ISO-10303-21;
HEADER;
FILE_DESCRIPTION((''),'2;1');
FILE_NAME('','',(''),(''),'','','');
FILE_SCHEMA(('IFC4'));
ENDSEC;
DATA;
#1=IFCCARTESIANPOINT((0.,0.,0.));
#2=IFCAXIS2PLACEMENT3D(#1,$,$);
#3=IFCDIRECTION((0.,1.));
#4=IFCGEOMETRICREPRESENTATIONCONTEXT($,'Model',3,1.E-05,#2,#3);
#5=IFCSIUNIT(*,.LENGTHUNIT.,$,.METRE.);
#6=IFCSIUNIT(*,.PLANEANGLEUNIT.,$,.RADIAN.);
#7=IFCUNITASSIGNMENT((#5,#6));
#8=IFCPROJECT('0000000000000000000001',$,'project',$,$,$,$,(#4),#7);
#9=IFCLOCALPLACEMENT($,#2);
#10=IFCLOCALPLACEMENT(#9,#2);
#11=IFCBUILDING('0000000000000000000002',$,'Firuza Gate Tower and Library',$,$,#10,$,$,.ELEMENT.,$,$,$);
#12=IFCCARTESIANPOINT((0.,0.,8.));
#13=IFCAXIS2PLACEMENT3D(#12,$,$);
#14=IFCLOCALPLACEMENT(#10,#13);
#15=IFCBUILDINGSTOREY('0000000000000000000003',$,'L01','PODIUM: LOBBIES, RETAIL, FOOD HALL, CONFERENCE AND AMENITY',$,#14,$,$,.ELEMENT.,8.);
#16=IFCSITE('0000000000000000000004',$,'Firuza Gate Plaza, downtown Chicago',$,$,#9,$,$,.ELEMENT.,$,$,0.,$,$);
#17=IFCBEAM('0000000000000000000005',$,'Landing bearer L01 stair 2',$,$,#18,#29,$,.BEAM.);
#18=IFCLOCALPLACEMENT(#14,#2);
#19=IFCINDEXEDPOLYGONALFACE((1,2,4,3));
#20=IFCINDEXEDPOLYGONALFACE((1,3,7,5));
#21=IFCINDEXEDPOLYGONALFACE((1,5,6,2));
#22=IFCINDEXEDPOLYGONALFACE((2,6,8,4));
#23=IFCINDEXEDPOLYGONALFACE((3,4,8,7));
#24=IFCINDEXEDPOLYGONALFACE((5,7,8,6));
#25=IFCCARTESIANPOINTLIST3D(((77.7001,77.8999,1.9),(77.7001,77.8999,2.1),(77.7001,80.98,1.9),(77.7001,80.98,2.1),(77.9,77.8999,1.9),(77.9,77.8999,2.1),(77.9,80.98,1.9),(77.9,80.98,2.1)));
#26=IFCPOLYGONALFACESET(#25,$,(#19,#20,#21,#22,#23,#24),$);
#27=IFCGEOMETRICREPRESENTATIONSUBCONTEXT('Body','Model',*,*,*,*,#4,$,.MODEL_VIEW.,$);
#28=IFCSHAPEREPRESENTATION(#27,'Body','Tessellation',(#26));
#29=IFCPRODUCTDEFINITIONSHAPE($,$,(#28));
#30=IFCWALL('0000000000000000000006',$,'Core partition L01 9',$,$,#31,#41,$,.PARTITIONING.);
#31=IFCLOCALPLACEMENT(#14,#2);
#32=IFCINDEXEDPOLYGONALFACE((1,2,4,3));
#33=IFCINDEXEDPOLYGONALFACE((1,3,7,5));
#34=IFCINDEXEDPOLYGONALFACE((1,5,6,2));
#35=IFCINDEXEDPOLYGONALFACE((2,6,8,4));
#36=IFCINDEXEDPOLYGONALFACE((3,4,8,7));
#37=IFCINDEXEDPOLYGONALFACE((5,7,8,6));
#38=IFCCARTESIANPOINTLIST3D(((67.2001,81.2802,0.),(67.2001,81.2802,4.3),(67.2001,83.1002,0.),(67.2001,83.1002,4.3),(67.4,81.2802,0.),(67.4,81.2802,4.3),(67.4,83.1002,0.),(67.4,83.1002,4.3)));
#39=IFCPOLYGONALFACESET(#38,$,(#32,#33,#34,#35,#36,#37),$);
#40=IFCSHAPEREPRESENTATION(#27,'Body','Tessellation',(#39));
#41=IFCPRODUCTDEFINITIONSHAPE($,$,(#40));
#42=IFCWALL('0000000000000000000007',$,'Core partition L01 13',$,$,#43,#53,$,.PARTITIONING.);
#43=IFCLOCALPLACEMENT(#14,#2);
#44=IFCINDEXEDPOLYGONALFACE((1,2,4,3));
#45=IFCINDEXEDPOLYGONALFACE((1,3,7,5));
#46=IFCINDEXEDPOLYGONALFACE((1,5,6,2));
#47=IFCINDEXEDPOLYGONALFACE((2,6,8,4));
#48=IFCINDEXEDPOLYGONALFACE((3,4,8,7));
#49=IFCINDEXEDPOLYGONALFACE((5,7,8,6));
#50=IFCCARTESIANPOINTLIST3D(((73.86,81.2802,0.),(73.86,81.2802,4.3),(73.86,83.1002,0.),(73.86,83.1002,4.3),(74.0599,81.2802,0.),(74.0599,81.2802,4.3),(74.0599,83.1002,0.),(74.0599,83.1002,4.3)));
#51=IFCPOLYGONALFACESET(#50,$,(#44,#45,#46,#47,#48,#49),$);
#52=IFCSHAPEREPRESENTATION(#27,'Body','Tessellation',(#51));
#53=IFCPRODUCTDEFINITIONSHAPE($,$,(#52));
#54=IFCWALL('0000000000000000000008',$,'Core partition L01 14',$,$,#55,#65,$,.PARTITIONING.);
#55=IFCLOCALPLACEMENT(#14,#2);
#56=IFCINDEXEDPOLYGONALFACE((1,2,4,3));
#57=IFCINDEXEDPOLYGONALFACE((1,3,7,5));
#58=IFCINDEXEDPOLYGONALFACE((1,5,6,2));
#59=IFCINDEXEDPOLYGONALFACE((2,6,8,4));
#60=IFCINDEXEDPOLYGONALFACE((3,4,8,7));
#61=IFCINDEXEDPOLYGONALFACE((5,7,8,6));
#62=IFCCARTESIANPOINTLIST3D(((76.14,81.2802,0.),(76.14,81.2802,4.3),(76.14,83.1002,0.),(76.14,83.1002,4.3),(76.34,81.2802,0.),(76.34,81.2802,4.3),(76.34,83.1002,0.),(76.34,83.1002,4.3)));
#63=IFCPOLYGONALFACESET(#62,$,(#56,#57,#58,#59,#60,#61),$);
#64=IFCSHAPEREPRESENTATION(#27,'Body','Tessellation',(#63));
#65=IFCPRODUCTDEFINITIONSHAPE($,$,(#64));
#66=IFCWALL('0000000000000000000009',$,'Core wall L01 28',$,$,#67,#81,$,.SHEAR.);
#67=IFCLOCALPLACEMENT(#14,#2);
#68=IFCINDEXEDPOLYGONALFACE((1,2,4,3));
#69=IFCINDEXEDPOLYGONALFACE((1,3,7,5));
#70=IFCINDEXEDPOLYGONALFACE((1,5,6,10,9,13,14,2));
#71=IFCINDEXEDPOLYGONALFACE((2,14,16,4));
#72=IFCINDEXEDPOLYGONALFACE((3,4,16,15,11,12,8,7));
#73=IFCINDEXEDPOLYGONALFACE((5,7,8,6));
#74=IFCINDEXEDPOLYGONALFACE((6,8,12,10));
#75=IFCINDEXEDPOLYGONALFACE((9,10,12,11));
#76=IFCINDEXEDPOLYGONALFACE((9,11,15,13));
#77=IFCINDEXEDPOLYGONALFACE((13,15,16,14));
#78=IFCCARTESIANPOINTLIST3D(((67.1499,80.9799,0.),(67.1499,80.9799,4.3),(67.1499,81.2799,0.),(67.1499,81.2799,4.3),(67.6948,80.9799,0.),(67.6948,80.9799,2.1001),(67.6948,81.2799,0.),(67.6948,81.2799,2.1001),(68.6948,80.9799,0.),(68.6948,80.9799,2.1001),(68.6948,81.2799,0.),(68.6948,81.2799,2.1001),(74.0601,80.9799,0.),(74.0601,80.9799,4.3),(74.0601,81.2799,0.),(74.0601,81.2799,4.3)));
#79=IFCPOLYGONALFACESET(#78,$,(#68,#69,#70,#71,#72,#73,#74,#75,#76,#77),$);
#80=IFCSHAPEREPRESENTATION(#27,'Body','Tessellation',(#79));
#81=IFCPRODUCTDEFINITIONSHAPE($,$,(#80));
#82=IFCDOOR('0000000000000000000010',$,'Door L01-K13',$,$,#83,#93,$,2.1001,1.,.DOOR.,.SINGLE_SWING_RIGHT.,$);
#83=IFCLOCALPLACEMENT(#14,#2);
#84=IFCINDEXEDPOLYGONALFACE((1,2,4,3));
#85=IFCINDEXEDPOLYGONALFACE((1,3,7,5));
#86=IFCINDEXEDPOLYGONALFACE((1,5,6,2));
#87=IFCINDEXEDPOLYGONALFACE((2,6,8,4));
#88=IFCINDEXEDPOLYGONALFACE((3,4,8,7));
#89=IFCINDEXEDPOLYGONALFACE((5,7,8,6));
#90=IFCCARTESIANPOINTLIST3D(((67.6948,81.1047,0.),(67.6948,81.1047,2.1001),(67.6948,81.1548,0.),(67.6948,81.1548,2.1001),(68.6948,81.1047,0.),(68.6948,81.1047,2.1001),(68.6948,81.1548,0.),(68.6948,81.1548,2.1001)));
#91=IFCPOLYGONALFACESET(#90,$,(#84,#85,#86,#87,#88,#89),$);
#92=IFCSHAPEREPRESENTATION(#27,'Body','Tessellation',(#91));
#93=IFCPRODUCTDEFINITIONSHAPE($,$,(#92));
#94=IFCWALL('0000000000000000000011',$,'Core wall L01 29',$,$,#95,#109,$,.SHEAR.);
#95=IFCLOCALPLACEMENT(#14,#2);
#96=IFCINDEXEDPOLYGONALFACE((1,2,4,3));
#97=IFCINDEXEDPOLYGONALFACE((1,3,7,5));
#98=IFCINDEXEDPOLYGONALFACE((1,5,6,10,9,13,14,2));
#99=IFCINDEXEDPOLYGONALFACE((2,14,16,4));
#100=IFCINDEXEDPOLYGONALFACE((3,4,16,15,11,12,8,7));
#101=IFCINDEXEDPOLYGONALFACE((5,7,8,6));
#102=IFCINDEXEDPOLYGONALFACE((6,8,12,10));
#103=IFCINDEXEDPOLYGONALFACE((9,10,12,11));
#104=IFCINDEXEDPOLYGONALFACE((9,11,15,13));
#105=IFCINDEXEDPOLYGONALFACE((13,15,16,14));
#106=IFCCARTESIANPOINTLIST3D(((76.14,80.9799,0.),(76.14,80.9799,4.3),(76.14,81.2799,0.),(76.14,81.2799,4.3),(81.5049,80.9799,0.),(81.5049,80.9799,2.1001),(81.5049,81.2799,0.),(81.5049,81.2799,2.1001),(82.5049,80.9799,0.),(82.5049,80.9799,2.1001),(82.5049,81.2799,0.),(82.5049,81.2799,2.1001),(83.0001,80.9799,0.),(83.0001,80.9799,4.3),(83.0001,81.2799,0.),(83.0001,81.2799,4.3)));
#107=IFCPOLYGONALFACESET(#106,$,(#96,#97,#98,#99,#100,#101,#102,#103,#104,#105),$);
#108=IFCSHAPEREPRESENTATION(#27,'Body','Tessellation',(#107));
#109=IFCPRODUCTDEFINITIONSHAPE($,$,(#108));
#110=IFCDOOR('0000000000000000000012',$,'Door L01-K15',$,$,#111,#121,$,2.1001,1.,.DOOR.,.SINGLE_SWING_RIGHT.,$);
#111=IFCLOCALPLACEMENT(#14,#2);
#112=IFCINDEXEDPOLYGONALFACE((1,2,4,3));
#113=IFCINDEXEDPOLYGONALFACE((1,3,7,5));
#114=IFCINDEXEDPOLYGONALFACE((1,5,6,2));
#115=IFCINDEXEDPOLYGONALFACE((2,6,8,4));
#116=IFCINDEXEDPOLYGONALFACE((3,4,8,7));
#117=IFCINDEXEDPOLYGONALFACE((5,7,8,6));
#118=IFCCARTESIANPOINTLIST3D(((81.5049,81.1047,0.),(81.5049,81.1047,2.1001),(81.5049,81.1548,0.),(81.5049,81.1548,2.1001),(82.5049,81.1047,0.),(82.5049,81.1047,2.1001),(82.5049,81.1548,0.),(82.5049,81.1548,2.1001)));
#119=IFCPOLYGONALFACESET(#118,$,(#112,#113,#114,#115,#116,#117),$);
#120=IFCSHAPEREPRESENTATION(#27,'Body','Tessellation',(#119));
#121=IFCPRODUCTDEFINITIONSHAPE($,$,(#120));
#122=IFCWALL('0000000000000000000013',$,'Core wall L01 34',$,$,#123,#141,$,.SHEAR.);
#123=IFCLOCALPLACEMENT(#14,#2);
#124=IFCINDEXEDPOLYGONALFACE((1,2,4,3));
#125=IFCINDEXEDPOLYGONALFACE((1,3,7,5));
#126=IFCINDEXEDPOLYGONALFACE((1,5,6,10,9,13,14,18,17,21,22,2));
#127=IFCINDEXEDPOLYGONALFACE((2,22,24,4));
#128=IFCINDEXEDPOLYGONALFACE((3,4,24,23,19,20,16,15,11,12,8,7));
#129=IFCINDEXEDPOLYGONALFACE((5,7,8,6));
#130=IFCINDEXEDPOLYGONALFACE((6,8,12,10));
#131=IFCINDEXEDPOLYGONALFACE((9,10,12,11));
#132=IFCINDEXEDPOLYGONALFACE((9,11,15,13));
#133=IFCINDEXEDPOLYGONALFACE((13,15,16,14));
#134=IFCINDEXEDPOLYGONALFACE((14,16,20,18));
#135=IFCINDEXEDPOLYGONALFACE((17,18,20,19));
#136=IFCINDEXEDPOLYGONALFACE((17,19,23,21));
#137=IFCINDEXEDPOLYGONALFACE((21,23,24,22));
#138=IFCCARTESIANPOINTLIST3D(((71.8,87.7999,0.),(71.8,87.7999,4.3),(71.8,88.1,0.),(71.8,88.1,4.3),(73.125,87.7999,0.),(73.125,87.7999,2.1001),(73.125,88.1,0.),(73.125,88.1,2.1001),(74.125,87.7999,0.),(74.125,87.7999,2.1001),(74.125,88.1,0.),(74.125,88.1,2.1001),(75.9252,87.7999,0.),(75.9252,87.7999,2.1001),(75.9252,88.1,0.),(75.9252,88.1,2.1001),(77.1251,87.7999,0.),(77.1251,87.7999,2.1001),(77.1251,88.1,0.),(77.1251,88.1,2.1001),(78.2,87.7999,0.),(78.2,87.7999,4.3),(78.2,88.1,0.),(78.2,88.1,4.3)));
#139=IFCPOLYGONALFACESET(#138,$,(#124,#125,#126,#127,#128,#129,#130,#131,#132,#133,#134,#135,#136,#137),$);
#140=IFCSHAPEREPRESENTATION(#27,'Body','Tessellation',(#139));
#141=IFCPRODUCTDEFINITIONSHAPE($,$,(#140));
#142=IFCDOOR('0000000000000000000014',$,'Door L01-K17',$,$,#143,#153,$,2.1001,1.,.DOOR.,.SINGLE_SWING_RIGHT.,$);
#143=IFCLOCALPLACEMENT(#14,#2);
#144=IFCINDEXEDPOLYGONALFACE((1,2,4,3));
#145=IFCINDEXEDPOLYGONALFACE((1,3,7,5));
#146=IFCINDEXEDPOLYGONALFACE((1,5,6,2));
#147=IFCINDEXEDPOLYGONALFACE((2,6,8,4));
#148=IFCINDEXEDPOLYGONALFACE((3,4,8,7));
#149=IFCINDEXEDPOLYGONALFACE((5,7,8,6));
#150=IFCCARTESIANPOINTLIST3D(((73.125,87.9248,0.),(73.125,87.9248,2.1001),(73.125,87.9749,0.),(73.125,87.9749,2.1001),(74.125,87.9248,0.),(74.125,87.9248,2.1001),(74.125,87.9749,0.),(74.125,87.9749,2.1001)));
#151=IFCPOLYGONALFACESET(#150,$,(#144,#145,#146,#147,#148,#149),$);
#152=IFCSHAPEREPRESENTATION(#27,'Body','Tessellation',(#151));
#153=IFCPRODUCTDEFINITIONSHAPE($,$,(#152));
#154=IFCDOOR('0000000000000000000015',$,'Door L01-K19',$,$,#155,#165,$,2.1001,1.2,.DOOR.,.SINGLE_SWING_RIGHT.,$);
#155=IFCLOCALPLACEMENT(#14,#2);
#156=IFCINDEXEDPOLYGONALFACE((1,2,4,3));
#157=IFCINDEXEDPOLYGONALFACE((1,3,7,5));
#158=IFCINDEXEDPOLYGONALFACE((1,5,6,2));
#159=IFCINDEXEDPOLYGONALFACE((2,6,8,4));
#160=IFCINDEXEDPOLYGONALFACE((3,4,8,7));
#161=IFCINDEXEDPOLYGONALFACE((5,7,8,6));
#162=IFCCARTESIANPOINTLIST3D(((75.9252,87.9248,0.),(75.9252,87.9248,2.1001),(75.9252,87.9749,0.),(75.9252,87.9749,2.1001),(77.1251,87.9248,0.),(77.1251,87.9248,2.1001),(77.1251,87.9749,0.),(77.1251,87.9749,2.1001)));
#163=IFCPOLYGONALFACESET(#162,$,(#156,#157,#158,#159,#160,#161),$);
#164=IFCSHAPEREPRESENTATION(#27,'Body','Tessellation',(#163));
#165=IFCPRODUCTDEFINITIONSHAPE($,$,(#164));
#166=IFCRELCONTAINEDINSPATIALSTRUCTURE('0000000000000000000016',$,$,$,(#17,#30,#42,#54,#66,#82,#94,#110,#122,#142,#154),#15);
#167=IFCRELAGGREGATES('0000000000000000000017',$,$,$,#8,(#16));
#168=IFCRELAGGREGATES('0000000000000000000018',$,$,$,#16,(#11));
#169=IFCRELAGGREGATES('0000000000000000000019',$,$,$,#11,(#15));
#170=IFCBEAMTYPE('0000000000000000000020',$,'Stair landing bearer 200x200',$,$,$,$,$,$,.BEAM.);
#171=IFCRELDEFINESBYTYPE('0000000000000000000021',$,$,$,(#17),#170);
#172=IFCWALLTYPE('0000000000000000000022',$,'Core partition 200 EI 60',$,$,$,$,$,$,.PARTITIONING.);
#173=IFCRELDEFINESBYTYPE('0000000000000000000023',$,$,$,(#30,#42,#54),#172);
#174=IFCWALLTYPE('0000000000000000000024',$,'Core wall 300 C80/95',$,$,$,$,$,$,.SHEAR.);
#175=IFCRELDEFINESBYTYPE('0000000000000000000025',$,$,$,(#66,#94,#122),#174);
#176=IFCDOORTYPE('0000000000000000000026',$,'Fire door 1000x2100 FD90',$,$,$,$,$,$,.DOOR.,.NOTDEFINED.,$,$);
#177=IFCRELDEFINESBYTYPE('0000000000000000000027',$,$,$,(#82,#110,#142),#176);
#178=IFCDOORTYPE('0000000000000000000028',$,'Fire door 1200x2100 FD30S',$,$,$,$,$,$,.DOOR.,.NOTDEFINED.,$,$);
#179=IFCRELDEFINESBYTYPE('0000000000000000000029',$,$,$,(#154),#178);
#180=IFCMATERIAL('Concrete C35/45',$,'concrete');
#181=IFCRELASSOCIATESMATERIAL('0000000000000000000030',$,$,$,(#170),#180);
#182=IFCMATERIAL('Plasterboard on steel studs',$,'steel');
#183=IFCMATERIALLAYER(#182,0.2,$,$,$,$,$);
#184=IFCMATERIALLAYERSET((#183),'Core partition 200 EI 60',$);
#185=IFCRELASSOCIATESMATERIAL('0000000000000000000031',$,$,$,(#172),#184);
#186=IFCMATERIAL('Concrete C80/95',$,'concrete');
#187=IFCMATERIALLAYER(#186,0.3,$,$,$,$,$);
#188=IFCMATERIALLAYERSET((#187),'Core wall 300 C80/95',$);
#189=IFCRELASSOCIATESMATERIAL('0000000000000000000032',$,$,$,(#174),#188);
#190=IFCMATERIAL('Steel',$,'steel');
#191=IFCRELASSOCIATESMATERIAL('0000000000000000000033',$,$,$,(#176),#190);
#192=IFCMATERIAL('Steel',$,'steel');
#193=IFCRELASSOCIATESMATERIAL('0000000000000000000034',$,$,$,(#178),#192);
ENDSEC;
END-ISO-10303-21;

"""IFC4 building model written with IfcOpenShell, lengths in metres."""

from ifc_helpers import new_model, si_unit, direction, frame, frame_2d, origin, origin_2d, place, context, subcontext, project, spatial, rectangle, extrude, material, layer, layer_set, material_profile, profile_set, type_object, element, fill, save


model = new_model("IFC4")

# Units and contexts
model_context = context("Model", 3, precision=1e-05, world=origin(), true_north=direction((0.0, 1.0)))
body_context = subcontext(model_context, "Body", "Model", "MODEL_VIEW")
ifc_project = project(units=[si_unit("LENGTHUNIT", "METRE"), si_unit("PLANEANGLEUNIT", "RADIAN")], contexts=[model_context])

# Site, building, storey
site_placement = place(None, origin())
site = spatial("IfcSite", under=ifc_project, at=site_placement, Name="Firuza Gate Plaza, downtown Chicago", CompositionType="ELEMENT", RefElevation=0.0)
building_placement = place(site_placement, origin())
building = spatial("IfcBuilding", under=site, at=building_placement, Name="Firuza Gate Tower and Library", CompositionType="ELEMENT")
storey_placement = place(building_placement, frame((0.0, 0.0, 8.0)))
storey = spatial("IfcBuildingStorey", under=building, at=storey_placement, Name="L01", Description="PODIUM: LOBBIES, RETAIL, FOOD HALL, CONFERENCE AND AMENITY", CompositionType="ELEMENT", Elevation=8.0)

# Beam
ifc_material_1 = material(Name="Concrete C35/45", Category="concrete")
ifc_material_profile = material_profile(ifc_material_1, rectangle(XDim=0.2, YDim=0.2, at=origin_2d()))
ifc_profile_set = profile_set([ifc_material_profile], Name="Concrete C35/45")
beam_type = type_object("IfcBeamType", Name="Stair landing bearer 200x200", PredefinedType="BEAM", material=ifc_profile_set)
beam_placement = place(storey_placement, frame((77.8, 80.98, 2.0), z_axis=(0.0, -1.0, 0.0), x_axis=(1.0, 0.0, 0.0)))
element("IfcBeam", 1, at=beam_placement, inside=storey, type_object=beam_type, Name="Landing bearer L01 stair 2", PredefinedType="BEAM", context=body_context, shape_type="SweptSolid", body=[
    extrude(rectangle(XDim=0.2, YDim=0.2, at=origin_2d()), origin(), (0.0, 0.0, 1.0), 3.0801),
])

# Walls
ifc_material_2 = material(Name="Plasterboard on steel studs", Category="steel")
ifc_layer_1 = layer(ifc_material_2, 0.2)
ifc_layer_set_1 = layer_set([ifc_layer_1], Name="Core partition 200 EI 60")
wall_type_1 = type_object("IfcWallType", Name="Core partition 200 EI 60", PredefinedType="PARTITIONING", material=ifc_layer_set_1)
for number, where, z_axis, x_axis, name in (
    (2, (67.3, 81.28, 0.0), (0.0, 0.0, 1.0), (0.0, 1.0, 0.0), "Core partition L01 9"),
    (3, (73.96, 81.28, 0.0), (0.0, 0.0, 1.0), (0.0, 1.0, 0.0), "Core partition L01 13"),
    (4, (76.24, 81.28, 0.0), (0.0, 0.0, 1.0), (0.0, 1.0, 0.0), "Core partition L01 14"),
):
    element("IfcWall", number, at=place(storey_placement, frame(where, z_axis=z_axis, x_axis=x_axis)), inside=storey, type_object=wall_type_1, Name=name, PredefinedType="PARTITIONING", context=body_context, shape_type="SweptSolid", body=[
        extrude(rectangle(XDim=1.8201, YDim=0.2, at=frame_2d((0.9102, 0.0))), origin(), (0.0, 0.0, 1.0), 4.3),
    ])

# Walls, openings, doors
ifc_material_3 = material(Name="Concrete C80/95", Category="concrete")
ifc_layer_2 = layer(ifc_material_3, 0.3)
ifc_layer_set_2 = layer_set([ifc_layer_2], Name="Core wall 300 C80/95")
wall_type_2 = type_object("IfcWallType", Name="Core wall 300 C80/95", PredefinedType="SHEAR", material=ifc_layer_set_2)
wall_1_placement = place(storey_placement, frame((67.1499, 81.1299, 0.0), z_axis=(0.0, 0.0, 1.0), x_axis=(1.0, 0.0, 0.0)))
wall_1 = element("IfcWall", 5, at=wall_1_placement, inside=storey, type_object=wall_type_2, Name="Core wall L01 28", PredefinedType="SHEAR", context=body_context, shape_type="SweptSolid", body=[
    extrude(rectangle(XDim=6.9102, YDim=0.3, at=frame_2d((3.4551, 0.0))), origin(), (0.0, 0.0, 1.0), 4.3),
])
opening_1_placement = place(wall_1_placement, frame((0.5449, 0.0, 0.0)))
opening_1 = element("IfcOpeningElement", 6, at=opening_1_placement, cuts=wall_1, PredefinedType="OPENING", context=body_context, shape_type="SweptSolid", body=[
    extrude(rectangle(XDim=1.0, YDim=2.1001, at=frame_2d((0.5, 1.05))), frame((0.0, 0.1602, 0.0), z_axis=(0.0, -1.0, 0.0), x_axis=(1.0, 0.0, 0.0)), (0.0, 0.0, 1.0), 0.3201),
])
ifc_material_4 = material(Name="Steel", Category="steel")
door_type_1 = type_object("IfcDoorType", Name="Fire door 1000x2100 FD90", OperationType="NOTDEFINED", PredefinedType="DOOR", material=ifc_material_4)
door_1_placement = place(opening_1_placement, origin())
door_1 = element("IfcDoor", 7, at=door_1_placement, inside=storey, type_object=door_type_1, Name="Door L01-K13", OperationType="SINGLE_SWING_RIGHT", OverallHeight=2.1001, OverallWidth=1.0, PredefinedType="DOOR", context=body_context, shape_type="SweptSolid", body=[
    extrude(rectangle(XDim=1.0, YDim=2.1001, at=frame_2d((0.5, 1.05))), frame((0.0, 0.0249, 0.0), z_axis=(0.0, -1.0, 0.0), x_axis=(1.0, 0.0, 0.0)), (0.0, 0.0, 1.0), 0.05),
])
fill(opening_1, door_1)
wall_2_placement = place(storey_placement, frame((76.1399, 81.1299, 0.0), z_axis=(0.0, 0.0, 1.0), x_axis=(1.0, 0.0, 0.0)))
wall_2 = element("IfcWall", 8, at=wall_2_placement, inside=storey, type_object=wall_type_2, Name="Core wall L01 29", PredefinedType="SHEAR", context=body_context, shape_type="SweptSolid", body=[
    extrude(rectangle(XDim=6.8601, YDim=0.3, at=frame_2d((3.4302, 0.0))), origin(), (0.0, 0.0, 1.0), 4.3),
])
opening_2_placement = place(wall_2_placement, frame((5.365, 0.0, 0.0)))
opening_2 = element("IfcOpeningElement", 9, at=opening_2_placement, cuts=wall_2, PredefinedType="OPENING", context=body_context, shape_type="SweptSolid", body=[
    extrude(rectangle(XDim=1.0, YDim=2.1001, at=frame_2d((0.5, 1.05))), frame((0.0, 0.1602, 0.0), z_axis=(0.0, -1.0, 0.0), x_axis=(1.0, 0.0, 0.0)), (0.0, 0.0, 1.0), 0.3201),
])
door_2_placement = place(opening_2_placement, origin())
door_2 = element("IfcDoor", 10, at=door_2_placement, inside=storey, type_object=door_type_1, Name="Door L01-K15", OperationType="SINGLE_SWING_RIGHT", OverallHeight=2.1001, OverallWidth=1.0, PredefinedType="DOOR", context=body_context, shape_type="SweptSolid", body=[
    extrude(rectangle(XDim=1.0, YDim=2.1001, at=frame_2d((0.5, 1.05))), frame((0.0, 0.0249, 0.0), z_axis=(0.0, -1.0, 0.0), x_axis=(1.0, 0.0, 0.0)), (0.0, 0.0, 1.0), 0.05),
])
fill(opening_2, door_2)

# Wall, openings, doors
wall_3_placement = place(storey_placement, frame((71.8, 87.95, 0.0), z_axis=(0.0, 0.0, 1.0), x_axis=(1.0, 0.0, 0.0)))
wall_3 = element("IfcWall", 11, at=wall_3_placement, inside=storey, type_object=wall_type_2, Name="Core wall L01 34", PredefinedType="SHEAR", context=body_context, shape_type="SweptSolid", body=[
    extrude(rectangle(XDim=6.3999, YDim=0.3, at=frame_2d((3.2, 0.0))), origin(), (0.0, 0.0, 1.0), 4.3),
])
opening_3_placement = place(wall_3_placement, frame((1.325, 0.0, 0.0)))
opening_3 = element("IfcOpeningElement", 12, at=opening_3_placement, cuts=wall_3, PredefinedType="OPENING", context=body_context, shape_type="SweptSolid", body=[
    extrude(rectangle(XDim=1.0, YDim=2.1001, at=frame_2d((0.5, 1.05))), frame((0.0, 0.1602, 0.0), z_axis=(0.0, -1.0, 0.0), x_axis=(1.0, 0.0, 0.0)), (0.0, 0.0, 1.0), 0.3201),
])
opening_4_placement = place(wall_3_placement, frame((4.125, 0.0, 0.0)))
opening_4 = element("IfcOpeningElement", 13, at=opening_4_placement, cuts=wall_3, PredefinedType="OPENING", context=body_context, shape_type="SweptSolid", body=[
    extrude(rectangle(XDim=1.2, YDim=2.1001, at=frame_2d((0.6001, 1.05))), frame((0.0, 0.1602, 0.0), z_axis=(0.0, -1.0, 0.0), x_axis=(1.0, 0.0, 0.0)), (0.0, 0.0, 1.0), 0.3201),
])
door_3_placement = place(opening_3_placement, origin())
door_3 = element("IfcDoor", 14, at=door_3_placement, inside=storey, type_object=door_type_1, Name="Door L01-K17", OperationType="SINGLE_SWING_RIGHT", OverallHeight=2.1001, OverallWidth=1.0, PredefinedType="DOOR", context=body_context, shape_type="SweptSolid", body=[
    extrude(rectangle(XDim=1.0, YDim=2.1001, at=frame_2d((0.5, 1.05))), frame((0.0, 0.0249, 0.0), z_axis=(0.0, -1.0, 0.0), x_axis=(1.0, 0.0, 0.0)), (0.0, 0.0, 1.0), 0.05),
])
fill(opening_3, door_3)
ifc_material_5 = material(Name="Steel", Category="steel")
door_type_2 = type_object("IfcDoorType", Name="Fire door 1200x2100 FD30S", OperationType="NOTDEFINED", PredefinedType="DOOR", material=ifc_material_5)
door_4_placement = place(opening_4_placement, origin())
door_4 = element("IfcDoor", 15, at=door_4_placement, inside=storey, type_object=door_type_2, Name="Door L01-K19", OperationType="SINGLE_SWING_RIGHT", OverallHeight=2.1001, OverallWidth=1.2, PredefinedType="DOOR", context=body_context, shape_type="SweptSolid", body=[
    extrude(rectangle(XDim=1.2, YDim=2.1001, at=frame_2d((0.6001, 1.05))), frame((0.0, 0.0249, 0.0), z_axis=(0.0, -1.0, 0.0), x_axis=(1.0, 0.0, 0.0)), (0.0, 0.0, 1.0), 0.05),
])
fill(opening_4, door_4)

save(model, "model.ifc")
